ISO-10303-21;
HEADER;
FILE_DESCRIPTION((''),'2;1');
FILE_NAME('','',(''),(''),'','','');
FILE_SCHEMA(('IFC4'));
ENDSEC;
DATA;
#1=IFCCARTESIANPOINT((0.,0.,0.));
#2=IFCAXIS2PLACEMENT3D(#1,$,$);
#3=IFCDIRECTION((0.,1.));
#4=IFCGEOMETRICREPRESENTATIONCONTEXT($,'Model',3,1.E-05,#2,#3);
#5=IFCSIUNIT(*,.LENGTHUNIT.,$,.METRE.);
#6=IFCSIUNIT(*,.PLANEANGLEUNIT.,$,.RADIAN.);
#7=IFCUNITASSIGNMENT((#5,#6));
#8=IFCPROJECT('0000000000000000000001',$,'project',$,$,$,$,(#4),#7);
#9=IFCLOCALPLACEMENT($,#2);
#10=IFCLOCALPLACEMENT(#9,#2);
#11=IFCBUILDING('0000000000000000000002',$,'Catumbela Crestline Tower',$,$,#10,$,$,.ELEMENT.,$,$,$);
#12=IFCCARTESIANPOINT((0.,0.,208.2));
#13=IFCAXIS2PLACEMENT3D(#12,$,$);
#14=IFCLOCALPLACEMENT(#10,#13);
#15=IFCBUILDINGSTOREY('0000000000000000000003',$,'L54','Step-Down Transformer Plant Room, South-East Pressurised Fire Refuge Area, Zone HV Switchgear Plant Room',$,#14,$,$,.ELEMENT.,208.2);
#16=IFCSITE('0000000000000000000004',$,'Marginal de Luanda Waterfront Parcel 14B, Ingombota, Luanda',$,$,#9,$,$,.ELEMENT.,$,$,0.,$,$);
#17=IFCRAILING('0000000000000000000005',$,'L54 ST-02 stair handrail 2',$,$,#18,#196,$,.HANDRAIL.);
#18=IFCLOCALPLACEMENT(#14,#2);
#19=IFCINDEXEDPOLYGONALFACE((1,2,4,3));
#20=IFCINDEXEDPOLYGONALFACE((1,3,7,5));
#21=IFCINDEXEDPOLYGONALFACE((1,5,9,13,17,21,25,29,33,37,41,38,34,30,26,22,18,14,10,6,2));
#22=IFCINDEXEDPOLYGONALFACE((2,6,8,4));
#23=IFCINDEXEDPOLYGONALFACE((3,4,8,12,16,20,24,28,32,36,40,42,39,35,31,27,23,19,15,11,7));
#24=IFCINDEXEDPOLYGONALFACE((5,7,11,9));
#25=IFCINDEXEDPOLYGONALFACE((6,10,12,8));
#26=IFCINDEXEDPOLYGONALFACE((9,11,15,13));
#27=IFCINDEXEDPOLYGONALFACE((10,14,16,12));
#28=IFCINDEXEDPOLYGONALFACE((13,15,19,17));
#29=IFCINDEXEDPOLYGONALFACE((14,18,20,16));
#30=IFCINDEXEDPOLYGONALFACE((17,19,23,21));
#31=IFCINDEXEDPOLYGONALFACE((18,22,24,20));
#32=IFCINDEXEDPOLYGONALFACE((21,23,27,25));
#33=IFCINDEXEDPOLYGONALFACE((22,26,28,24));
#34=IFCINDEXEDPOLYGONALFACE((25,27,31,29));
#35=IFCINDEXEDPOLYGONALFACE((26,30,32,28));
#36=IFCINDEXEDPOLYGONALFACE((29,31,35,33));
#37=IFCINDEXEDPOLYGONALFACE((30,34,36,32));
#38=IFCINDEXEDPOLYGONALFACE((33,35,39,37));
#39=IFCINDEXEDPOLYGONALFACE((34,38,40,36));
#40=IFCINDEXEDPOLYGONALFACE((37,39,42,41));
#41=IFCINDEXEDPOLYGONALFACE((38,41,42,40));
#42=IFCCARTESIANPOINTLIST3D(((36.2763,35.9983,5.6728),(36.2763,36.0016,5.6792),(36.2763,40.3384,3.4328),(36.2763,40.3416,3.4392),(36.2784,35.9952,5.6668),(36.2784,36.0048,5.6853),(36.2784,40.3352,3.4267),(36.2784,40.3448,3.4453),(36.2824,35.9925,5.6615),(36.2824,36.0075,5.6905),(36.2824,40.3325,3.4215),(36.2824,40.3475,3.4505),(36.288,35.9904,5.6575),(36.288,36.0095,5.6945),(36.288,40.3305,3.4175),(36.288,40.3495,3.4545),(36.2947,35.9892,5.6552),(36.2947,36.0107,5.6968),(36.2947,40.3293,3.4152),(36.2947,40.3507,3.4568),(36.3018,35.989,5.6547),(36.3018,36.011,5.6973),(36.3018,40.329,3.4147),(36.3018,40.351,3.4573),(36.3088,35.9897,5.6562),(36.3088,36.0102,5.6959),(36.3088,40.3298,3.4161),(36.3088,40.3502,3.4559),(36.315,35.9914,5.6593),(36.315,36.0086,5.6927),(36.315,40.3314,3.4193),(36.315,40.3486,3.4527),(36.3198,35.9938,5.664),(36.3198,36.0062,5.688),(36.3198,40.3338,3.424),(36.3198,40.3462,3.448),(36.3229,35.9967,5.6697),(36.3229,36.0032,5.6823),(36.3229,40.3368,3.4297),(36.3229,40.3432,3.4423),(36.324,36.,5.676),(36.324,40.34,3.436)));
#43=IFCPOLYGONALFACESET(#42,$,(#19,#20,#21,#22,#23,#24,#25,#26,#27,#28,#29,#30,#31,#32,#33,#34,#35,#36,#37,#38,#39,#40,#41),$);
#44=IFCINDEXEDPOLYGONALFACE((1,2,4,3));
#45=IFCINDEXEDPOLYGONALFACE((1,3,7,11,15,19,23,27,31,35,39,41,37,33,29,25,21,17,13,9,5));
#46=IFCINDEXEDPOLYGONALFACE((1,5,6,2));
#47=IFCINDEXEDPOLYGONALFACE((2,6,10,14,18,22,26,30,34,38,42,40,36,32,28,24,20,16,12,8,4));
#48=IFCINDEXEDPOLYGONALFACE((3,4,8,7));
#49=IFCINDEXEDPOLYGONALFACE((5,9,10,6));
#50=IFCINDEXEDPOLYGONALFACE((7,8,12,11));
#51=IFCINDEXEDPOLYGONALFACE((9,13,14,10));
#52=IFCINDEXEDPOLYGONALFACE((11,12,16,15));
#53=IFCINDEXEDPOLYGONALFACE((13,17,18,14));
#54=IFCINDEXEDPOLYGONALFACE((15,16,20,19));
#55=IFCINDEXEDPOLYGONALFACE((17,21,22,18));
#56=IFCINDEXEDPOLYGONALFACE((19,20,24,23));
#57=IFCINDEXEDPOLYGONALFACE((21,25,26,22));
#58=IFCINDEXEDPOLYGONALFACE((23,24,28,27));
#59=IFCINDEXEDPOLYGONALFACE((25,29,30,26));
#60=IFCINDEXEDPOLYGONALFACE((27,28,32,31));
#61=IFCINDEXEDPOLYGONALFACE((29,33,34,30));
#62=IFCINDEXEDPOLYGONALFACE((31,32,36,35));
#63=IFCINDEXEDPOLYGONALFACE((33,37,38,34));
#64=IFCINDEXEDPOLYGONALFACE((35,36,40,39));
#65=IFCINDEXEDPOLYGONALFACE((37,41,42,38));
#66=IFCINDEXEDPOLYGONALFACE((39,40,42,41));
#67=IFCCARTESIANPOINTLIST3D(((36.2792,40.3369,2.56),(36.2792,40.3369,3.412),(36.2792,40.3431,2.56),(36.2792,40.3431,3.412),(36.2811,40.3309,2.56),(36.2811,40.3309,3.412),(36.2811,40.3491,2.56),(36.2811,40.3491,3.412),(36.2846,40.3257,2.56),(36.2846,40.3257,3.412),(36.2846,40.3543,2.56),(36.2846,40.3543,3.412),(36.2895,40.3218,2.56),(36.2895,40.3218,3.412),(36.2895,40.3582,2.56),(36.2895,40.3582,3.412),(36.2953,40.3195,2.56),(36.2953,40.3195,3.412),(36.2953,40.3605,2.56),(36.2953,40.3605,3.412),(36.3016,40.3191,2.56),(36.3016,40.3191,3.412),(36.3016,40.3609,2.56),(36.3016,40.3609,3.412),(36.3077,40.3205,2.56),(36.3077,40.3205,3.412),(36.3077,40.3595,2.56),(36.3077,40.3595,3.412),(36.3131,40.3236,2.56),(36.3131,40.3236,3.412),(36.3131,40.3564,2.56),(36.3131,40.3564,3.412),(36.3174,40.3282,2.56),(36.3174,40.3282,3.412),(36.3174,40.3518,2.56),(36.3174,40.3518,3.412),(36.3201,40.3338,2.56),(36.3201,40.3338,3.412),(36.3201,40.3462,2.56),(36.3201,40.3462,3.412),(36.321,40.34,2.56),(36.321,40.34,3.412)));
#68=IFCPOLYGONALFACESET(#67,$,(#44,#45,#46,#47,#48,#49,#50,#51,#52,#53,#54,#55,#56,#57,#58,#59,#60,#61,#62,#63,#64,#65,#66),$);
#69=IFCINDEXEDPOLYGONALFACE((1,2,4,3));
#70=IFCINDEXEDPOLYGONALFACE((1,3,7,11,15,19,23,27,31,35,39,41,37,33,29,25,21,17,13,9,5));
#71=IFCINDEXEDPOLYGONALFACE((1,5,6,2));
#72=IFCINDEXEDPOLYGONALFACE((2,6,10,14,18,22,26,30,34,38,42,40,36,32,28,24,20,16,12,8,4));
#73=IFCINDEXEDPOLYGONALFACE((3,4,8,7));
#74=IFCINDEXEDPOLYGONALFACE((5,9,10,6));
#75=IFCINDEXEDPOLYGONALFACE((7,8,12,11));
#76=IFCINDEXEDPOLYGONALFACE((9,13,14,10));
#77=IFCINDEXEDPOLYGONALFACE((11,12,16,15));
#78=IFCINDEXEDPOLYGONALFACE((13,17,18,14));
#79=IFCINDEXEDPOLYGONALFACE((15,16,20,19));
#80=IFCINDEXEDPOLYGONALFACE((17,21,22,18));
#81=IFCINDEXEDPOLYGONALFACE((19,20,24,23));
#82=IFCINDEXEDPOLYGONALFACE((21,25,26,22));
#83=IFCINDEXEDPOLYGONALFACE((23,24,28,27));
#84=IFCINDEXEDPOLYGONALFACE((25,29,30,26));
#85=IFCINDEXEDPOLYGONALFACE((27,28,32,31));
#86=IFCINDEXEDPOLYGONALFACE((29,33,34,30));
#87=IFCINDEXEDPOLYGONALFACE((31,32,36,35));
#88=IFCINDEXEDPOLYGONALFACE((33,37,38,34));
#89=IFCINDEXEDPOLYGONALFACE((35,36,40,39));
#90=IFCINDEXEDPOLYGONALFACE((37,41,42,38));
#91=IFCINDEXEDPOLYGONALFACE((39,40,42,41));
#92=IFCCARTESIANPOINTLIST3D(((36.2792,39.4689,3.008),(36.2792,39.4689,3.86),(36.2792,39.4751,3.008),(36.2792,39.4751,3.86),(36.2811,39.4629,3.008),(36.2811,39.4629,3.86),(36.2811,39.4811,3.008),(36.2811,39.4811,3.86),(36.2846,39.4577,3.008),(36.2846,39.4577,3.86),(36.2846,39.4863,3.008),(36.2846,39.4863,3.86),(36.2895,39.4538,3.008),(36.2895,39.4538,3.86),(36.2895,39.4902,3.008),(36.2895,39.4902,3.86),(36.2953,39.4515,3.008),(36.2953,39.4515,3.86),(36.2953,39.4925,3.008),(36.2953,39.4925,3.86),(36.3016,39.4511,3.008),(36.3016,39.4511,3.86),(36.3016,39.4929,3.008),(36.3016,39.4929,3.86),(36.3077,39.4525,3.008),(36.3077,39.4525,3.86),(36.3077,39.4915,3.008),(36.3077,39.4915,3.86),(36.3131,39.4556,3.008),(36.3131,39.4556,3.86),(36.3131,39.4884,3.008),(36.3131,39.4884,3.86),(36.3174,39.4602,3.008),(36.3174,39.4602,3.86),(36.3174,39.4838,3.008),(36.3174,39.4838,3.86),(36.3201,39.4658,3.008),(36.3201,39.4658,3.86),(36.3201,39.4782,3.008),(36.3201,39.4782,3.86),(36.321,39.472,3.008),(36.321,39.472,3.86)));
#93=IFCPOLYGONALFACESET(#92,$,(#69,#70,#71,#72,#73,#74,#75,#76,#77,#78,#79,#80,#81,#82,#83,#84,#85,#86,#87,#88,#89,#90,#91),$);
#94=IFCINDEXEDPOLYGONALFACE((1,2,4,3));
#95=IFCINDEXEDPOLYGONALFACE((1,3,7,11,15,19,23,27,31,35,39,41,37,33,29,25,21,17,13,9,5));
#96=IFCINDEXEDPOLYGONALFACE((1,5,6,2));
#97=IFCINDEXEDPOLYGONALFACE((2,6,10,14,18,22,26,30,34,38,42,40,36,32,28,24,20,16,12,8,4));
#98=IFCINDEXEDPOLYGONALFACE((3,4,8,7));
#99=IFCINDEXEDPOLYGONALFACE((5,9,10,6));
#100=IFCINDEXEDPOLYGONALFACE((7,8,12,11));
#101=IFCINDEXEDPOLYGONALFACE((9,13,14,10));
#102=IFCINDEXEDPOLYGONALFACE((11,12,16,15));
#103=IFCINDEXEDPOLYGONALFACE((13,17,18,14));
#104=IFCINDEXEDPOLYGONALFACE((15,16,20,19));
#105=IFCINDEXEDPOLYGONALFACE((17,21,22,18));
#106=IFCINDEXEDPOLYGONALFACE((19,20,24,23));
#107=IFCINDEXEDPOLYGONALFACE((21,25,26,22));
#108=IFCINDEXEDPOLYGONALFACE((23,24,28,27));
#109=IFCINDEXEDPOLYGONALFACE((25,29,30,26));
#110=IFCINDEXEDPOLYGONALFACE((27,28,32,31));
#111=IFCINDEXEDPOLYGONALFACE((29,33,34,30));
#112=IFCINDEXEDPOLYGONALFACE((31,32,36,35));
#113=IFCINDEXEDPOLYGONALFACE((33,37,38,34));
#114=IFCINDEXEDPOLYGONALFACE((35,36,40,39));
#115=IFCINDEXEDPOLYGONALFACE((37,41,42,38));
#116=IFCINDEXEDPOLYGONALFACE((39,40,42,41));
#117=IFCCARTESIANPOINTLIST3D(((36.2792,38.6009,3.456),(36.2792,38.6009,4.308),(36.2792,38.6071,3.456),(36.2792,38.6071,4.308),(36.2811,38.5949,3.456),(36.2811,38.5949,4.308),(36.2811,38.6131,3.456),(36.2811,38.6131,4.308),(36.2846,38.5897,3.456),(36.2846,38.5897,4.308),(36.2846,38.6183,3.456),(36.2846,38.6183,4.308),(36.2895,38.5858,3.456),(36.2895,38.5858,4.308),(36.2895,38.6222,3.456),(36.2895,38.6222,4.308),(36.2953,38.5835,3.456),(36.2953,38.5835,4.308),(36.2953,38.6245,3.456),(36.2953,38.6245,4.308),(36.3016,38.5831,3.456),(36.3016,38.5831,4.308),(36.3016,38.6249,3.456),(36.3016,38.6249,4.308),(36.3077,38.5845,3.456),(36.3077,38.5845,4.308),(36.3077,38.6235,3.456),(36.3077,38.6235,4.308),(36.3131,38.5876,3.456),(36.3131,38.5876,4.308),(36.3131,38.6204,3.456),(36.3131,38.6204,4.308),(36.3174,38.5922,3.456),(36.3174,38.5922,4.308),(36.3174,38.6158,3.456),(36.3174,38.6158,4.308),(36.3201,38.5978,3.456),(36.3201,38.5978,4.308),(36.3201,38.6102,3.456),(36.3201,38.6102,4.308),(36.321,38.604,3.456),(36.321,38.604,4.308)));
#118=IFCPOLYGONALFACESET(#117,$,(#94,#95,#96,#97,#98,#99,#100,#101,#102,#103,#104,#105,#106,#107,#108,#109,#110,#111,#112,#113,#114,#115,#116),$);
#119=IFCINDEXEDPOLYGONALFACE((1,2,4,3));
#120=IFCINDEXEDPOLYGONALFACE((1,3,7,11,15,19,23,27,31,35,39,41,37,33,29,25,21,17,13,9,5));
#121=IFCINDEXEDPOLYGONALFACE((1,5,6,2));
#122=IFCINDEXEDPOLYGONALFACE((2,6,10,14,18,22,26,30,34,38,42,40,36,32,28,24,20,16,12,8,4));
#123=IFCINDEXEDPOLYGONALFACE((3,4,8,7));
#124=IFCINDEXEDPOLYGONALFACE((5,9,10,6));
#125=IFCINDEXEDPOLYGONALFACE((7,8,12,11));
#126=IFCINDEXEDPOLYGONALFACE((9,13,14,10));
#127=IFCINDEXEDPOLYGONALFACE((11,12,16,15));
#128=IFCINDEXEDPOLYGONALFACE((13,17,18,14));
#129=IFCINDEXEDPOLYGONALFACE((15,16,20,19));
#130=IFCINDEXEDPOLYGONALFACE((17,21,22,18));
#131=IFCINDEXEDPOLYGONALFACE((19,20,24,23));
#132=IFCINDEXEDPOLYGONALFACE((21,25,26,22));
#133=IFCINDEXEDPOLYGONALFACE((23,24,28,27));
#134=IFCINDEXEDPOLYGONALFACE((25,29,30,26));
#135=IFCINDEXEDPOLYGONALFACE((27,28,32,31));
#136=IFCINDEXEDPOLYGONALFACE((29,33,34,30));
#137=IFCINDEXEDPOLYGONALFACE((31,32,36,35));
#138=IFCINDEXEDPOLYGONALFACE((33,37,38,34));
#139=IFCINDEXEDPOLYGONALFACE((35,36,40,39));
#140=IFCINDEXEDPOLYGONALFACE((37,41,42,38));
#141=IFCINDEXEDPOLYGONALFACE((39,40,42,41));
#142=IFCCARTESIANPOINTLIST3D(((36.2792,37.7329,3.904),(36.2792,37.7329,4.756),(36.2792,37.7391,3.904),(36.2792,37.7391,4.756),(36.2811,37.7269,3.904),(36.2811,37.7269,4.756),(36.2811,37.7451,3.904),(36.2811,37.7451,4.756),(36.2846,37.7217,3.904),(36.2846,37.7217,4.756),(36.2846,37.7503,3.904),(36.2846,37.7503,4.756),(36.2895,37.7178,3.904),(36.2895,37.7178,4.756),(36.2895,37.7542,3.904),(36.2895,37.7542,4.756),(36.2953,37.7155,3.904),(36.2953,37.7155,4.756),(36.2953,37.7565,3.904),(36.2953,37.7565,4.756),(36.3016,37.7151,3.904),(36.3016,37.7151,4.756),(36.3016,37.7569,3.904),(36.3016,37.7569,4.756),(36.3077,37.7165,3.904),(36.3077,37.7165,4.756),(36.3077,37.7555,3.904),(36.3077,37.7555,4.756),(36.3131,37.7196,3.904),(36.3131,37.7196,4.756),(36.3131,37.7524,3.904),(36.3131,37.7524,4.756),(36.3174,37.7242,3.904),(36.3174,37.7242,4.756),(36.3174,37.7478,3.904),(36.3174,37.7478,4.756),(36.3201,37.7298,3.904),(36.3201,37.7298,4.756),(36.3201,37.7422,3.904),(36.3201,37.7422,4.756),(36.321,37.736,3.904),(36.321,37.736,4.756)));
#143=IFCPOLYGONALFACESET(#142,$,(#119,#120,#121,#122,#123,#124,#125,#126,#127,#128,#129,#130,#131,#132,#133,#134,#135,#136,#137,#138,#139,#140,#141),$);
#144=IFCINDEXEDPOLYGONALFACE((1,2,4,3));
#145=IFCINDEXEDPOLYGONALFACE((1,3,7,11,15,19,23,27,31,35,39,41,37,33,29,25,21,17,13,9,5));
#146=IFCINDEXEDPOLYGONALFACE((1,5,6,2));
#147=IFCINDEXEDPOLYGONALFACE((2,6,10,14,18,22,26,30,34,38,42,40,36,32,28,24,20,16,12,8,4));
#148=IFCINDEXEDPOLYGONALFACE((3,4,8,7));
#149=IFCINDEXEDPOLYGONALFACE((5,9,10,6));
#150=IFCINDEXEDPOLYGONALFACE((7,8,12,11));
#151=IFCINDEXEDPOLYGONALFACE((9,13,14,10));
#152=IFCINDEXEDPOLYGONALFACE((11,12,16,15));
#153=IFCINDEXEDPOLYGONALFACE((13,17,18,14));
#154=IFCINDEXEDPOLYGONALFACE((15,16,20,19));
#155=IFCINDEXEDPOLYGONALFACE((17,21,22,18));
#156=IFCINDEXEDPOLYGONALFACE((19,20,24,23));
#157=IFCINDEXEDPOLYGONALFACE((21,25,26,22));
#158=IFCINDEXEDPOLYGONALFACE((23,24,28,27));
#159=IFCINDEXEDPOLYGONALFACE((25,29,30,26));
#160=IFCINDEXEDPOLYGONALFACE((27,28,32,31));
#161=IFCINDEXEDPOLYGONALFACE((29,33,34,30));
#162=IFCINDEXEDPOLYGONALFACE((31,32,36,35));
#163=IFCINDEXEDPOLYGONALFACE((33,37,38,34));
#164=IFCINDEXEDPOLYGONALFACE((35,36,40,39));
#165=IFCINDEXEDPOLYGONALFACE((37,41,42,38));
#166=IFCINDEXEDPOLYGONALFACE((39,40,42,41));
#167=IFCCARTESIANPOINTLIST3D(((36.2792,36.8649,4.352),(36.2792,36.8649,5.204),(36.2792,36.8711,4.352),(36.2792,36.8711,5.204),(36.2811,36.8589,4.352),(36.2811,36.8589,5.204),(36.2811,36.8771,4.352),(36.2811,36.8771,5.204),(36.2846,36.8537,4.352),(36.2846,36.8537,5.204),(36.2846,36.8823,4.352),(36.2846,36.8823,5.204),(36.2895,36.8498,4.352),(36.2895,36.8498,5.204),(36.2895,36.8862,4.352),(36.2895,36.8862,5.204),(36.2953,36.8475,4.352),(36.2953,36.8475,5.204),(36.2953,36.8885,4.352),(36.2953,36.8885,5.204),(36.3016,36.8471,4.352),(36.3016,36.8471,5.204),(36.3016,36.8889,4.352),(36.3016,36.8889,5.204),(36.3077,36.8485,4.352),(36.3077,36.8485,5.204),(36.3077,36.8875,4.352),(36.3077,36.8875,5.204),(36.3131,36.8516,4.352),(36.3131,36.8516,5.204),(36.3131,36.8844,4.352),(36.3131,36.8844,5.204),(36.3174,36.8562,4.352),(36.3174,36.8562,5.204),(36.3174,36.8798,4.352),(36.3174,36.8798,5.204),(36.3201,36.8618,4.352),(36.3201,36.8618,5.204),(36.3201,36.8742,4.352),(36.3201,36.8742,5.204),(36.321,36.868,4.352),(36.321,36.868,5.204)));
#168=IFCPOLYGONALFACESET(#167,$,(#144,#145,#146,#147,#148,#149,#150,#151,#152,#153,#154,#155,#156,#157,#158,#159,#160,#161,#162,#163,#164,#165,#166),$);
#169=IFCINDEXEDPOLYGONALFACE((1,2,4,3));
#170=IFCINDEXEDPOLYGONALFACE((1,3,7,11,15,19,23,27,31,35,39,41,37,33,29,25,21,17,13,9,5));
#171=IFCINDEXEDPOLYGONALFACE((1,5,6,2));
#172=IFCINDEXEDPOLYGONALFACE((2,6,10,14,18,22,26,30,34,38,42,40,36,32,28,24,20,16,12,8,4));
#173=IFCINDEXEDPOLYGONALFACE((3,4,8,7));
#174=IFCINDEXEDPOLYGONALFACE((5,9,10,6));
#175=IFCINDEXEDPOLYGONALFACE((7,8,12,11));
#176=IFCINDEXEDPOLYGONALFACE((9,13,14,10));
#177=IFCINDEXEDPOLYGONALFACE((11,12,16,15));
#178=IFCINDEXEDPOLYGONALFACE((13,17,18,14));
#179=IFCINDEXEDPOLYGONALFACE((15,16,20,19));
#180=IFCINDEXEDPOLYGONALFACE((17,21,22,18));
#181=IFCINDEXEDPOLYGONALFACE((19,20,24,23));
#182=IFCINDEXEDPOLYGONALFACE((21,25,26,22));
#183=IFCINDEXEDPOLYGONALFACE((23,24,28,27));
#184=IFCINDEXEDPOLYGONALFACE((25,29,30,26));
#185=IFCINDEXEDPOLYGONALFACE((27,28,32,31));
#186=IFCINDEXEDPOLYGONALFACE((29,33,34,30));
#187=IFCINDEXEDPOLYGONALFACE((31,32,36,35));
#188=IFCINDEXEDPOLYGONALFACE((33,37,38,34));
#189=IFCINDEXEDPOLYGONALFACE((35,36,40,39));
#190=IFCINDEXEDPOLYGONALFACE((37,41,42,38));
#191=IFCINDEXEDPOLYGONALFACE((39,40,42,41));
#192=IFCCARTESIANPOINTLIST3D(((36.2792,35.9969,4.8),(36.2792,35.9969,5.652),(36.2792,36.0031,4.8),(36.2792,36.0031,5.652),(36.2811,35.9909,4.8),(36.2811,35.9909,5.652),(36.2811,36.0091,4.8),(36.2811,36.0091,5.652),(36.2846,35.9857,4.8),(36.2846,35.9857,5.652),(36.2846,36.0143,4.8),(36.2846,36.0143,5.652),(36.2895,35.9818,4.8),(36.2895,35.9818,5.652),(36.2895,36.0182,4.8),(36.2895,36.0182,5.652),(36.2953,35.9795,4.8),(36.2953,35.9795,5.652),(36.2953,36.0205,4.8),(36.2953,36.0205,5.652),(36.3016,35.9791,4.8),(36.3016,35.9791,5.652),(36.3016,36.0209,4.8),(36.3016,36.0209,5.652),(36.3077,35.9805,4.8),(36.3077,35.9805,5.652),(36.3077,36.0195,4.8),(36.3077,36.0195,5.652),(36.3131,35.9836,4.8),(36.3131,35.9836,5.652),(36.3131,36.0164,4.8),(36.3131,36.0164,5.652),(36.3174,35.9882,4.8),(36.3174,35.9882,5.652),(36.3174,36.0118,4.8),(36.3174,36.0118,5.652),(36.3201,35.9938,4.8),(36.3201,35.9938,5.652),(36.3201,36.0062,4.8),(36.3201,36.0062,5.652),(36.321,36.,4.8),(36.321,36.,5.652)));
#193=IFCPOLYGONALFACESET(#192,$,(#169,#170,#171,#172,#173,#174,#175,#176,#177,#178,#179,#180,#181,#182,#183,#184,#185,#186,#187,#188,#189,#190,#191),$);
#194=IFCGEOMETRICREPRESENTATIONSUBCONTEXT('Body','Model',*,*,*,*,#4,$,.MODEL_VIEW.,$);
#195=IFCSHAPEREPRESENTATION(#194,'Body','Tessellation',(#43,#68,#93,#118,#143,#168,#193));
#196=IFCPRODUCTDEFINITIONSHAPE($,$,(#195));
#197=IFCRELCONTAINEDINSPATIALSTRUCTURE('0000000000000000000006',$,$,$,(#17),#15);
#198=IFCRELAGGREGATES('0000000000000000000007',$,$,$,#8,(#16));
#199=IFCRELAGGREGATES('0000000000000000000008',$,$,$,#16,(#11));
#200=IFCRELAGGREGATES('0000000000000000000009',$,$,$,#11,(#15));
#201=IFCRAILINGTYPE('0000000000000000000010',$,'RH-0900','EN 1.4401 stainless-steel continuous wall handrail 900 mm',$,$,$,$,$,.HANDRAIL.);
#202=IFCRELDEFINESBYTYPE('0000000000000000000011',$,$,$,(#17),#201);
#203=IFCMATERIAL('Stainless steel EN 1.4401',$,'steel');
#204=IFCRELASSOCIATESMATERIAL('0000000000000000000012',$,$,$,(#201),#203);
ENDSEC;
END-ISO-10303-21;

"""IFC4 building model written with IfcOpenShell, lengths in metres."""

from ifc_helpers import new_model, si_unit, direction, frame, origin, origin_2d, place, context, subcontext, project, spatial, circle, extrude, material, type_object, element, save


model = new_model("IFC4")

# Units and contexts
model_context = context("Model", 3, precision=1e-05, world=origin(), true_north=direction((0.0, 1.0)))
body_context = subcontext(model_context, "Body", "Model", "MODEL_VIEW")
ifc_project = project(units=[si_unit("LENGTHUNIT", "METRE"), si_unit("PLANEANGLEUNIT", "RADIAN")], contexts=[model_context])

# Site, building, storey
site_placement = place(None, origin())
site = spatial("IfcSite", under=ifc_project, at=site_placement, Name="Marginal de Luanda Waterfront Parcel 14B, Ingombota, Luanda", CompositionType="ELEMENT", RefElevation=0.0)
building_placement = place(site_placement, origin())
building = spatial("IfcBuilding", under=site, at=building_placement, Name="Catumbela Crestline Tower", CompositionType="ELEMENT")
storey_placement = place(building_placement, frame((0.0, 0.0, 208.2)))
storey = spatial("IfcBuildingStorey", under=building, at=storey_placement, Name="L54", Description="Step-Down Transformer Plant Room, South-East Pressurised Fire Refuge Area, Zone HV Switchgear Plant Room", CompositionType="ELEMENT", Elevation=208.2)

# Shared definitions
ifc_material_1 = material(Name="Stainless steel EN 1.4401", Category="steel")

# Railing
railing_type_1 = type_object("IfcRailingType", Name="RH-0900", Description="EN 1.4401 stainless-steel continuous wall handrail 900 mm", PredefinedType="HANDRAIL", material=ifc_material_1)
railing_1_placement = place(storey_placement, frame((36.3, 40.34, 2.56)))
element("IfcRailing", 1, at=railing_1_placement, inside=storey, type_object=railing_type_1, Name="L54 ST-02 stair handrail 2", PredefinedType="HANDRAIL", context=body_context, shape_type="SweptSolid", body=[
    extrude(circle(Radius=0.024, at=origin_2d()), frame((0.0, 0.0, 0.876), z_axis=(0.0, -0.888621, 0.458643), x_axis=(1.0, 0.0, 0.0)), (0.0, 0.0, 1.0), 4.884),
    extrude(circle(Radius=0.021, at=origin_2d()), origin(), (0.0, 0.0, 1.0), 0.852),
    extrude(circle(Radius=0.021, at=origin_2d()), frame((0.0, -0.868, 0.448)), (0.0, 0.0, 1.0), 0.852),
    extrude(circle(Radius=0.021, at=origin_2d()), frame((0.0, -1.736, 0.896)), (0.0, 0.0, 1.0), 0.852),
    extrude(circle(Radius=0.021, at=origin_2d()), frame((0.0, -2.604, 1.344)), (0.0, 0.0, 1.0), 0.852),
    extrude(circle(Radius=0.021, at=origin_2d()), frame((0.0, -3.472, 1.792)), (0.0, 0.0, 1.0), 0.852),
    extrude(circle(Radius=0.021, at=origin_2d()), frame((0.0, -4.34, 2.24)), (0.0, 0.0, 1.0), 0.852),
])

save(model, "model.ifc")
